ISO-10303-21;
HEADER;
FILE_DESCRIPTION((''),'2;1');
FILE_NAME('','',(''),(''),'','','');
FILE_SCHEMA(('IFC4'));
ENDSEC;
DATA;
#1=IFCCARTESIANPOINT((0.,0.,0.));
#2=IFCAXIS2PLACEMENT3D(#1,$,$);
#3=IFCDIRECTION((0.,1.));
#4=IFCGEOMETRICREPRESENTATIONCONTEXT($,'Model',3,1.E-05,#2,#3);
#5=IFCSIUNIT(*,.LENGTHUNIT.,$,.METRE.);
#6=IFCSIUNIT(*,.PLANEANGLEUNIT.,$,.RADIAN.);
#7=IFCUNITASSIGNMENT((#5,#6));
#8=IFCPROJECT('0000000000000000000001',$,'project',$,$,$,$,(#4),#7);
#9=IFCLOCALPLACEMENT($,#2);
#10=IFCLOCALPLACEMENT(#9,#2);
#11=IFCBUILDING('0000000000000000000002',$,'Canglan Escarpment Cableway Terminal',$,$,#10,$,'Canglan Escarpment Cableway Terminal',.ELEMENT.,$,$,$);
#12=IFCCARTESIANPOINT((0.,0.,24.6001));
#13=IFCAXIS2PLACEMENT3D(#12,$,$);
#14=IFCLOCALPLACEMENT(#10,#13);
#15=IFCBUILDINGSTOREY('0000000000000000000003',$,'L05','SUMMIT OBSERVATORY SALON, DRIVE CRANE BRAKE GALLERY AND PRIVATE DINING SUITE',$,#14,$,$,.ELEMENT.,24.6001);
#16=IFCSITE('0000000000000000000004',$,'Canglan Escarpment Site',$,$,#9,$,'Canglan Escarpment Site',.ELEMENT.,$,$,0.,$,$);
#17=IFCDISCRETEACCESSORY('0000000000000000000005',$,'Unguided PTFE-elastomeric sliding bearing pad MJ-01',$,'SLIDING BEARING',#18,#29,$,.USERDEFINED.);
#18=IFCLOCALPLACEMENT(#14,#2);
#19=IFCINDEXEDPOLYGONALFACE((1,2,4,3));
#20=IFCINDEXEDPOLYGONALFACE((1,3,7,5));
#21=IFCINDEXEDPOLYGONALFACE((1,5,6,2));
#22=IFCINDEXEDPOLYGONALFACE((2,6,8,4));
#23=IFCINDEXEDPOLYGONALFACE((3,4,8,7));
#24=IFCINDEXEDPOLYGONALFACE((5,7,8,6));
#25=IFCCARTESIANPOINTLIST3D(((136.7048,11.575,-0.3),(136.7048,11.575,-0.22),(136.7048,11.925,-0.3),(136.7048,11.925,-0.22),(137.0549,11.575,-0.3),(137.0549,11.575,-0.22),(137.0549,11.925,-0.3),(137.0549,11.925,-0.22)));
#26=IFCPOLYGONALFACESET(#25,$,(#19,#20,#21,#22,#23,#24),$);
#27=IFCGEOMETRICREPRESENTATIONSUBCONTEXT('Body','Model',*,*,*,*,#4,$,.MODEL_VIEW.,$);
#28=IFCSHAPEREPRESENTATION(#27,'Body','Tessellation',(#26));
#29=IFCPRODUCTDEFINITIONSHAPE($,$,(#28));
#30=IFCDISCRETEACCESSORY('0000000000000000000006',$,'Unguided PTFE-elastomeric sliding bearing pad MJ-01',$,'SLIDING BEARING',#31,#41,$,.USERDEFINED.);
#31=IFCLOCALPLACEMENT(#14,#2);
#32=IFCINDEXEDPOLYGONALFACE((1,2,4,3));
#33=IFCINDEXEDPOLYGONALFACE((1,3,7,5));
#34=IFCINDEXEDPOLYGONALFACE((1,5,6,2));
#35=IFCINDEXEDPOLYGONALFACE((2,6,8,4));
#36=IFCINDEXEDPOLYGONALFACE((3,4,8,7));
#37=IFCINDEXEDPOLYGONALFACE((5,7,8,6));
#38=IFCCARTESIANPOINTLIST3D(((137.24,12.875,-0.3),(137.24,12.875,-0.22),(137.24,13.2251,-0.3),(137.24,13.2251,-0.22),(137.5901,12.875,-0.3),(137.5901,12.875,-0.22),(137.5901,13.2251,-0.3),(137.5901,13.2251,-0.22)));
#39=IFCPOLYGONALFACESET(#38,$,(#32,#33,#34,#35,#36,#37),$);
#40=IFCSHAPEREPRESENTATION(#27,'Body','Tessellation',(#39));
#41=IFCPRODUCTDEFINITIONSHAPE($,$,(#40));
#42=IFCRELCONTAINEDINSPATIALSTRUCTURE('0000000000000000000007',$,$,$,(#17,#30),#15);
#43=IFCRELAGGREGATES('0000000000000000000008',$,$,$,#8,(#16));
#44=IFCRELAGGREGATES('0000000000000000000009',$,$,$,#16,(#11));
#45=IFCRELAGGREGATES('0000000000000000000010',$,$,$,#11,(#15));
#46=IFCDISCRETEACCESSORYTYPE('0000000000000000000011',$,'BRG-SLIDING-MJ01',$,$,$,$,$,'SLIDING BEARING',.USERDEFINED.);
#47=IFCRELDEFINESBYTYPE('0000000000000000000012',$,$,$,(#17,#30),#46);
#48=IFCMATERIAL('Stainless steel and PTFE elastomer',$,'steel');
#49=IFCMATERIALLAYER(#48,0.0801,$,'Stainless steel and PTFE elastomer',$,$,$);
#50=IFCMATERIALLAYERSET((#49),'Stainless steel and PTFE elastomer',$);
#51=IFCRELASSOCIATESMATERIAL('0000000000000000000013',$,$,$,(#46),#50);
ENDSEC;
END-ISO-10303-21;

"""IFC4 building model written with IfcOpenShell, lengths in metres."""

from ifc_helpers import new_model, si_unit, direction, frame, origin, origin_2d, place, context, subcontext, project, spatial, rectangle, extrude, material, layer, layer_set, type_object, element, save


model = new_model("IFC4")

# Units and contexts
model_context = context("Model", 3, precision=1e-05, world=origin(), true_north=direction((0.0, 1.0)))
body_context = subcontext(model_context, "Body", "Model", "MODEL_VIEW")
ifc_project = project(units=[si_unit("LENGTHUNIT", "METRE"), si_unit("PLANEANGLEUNIT", "RADIAN")], contexts=[model_context])

# Site, building, storey
site_placement = place(None, origin())
site = spatial("IfcSite", under=ifc_project, at=site_placement, Name="Canglan Escarpment Site", LongName="Canglan Escarpment Site", CompositionType="ELEMENT", RefElevation=0.0)
building_placement = place(site_placement, origin())
building = spatial("IfcBuilding", under=site, at=building_placement, Name="Canglan Escarpment Cableway Terminal", LongName="Canglan Escarpment Cableway Terminal", CompositionType="ELEMENT")
storey_placement = place(building_placement, frame((0.0, 0.0, 24.6001)))
storey = spatial("IfcBuildingStorey", under=building, at=storey_placement, Name="L05", Description="SUMMIT OBSERVATORY SALON, DRIVE CRANE BRAKE GALLERY AND PRIVATE DINING SUITE", CompositionType="ELEMENT", Elevation=24.6001)

# Discrete accessories
ifc_material_1 = material(Name="Stainless steel and PTFE elastomer", Category="steel")
ifc_layer_1 = layer(ifc_material_1, 0.0801, Name="Stainless steel and PTFE elastomer")
ifc_layer_set_1 = layer_set([ifc_layer_1], Name="Stainless steel and PTFE elastomer")
discrete_accessory_type_1 = type_object("IfcDiscreteAccessoryType", Name="BRG-SLIDING-MJ01", ElementType="SLIDING BEARING", PredefinedType="USERDEFINED", material=ifc_layer_set_1)
for number, where, z_axis, x_axis, name in (
    (1, (136.8799, 11.75, -0.3), (0.0, 0.0, 1.0), (1.0, 0.0, 0.0), "Unguided PTFE-elastomeric sliding bearing pad MJ-01"),
    (2, (137.415, 13.05, -0.3), (0.0, 0.0, 1.0), (1.0, 0.0, 0.0), "Unguided PTFE-elastomeric sliding bearing pad MJ-01"),
):
    element("IfcDiscreteAccessory", number, at=place(storey_placement, frame(where, z_axis=z_axis, x_axis=x_axis)), inside=storey, type_object=discrete_accessory_type_1, Name=name, ObjectType="SLIDING BEARING", PredefinedType="USERDEFINED", context=body_context, shape_type="SweptSolid", body=[
        extrude(rectangle(XDim=0.3501, YDim=0.3501, at=origin_2d()), origin(), (0.0, 0.0, 1.0), 0.0801),
    ])

save(model, "model.ifc")
